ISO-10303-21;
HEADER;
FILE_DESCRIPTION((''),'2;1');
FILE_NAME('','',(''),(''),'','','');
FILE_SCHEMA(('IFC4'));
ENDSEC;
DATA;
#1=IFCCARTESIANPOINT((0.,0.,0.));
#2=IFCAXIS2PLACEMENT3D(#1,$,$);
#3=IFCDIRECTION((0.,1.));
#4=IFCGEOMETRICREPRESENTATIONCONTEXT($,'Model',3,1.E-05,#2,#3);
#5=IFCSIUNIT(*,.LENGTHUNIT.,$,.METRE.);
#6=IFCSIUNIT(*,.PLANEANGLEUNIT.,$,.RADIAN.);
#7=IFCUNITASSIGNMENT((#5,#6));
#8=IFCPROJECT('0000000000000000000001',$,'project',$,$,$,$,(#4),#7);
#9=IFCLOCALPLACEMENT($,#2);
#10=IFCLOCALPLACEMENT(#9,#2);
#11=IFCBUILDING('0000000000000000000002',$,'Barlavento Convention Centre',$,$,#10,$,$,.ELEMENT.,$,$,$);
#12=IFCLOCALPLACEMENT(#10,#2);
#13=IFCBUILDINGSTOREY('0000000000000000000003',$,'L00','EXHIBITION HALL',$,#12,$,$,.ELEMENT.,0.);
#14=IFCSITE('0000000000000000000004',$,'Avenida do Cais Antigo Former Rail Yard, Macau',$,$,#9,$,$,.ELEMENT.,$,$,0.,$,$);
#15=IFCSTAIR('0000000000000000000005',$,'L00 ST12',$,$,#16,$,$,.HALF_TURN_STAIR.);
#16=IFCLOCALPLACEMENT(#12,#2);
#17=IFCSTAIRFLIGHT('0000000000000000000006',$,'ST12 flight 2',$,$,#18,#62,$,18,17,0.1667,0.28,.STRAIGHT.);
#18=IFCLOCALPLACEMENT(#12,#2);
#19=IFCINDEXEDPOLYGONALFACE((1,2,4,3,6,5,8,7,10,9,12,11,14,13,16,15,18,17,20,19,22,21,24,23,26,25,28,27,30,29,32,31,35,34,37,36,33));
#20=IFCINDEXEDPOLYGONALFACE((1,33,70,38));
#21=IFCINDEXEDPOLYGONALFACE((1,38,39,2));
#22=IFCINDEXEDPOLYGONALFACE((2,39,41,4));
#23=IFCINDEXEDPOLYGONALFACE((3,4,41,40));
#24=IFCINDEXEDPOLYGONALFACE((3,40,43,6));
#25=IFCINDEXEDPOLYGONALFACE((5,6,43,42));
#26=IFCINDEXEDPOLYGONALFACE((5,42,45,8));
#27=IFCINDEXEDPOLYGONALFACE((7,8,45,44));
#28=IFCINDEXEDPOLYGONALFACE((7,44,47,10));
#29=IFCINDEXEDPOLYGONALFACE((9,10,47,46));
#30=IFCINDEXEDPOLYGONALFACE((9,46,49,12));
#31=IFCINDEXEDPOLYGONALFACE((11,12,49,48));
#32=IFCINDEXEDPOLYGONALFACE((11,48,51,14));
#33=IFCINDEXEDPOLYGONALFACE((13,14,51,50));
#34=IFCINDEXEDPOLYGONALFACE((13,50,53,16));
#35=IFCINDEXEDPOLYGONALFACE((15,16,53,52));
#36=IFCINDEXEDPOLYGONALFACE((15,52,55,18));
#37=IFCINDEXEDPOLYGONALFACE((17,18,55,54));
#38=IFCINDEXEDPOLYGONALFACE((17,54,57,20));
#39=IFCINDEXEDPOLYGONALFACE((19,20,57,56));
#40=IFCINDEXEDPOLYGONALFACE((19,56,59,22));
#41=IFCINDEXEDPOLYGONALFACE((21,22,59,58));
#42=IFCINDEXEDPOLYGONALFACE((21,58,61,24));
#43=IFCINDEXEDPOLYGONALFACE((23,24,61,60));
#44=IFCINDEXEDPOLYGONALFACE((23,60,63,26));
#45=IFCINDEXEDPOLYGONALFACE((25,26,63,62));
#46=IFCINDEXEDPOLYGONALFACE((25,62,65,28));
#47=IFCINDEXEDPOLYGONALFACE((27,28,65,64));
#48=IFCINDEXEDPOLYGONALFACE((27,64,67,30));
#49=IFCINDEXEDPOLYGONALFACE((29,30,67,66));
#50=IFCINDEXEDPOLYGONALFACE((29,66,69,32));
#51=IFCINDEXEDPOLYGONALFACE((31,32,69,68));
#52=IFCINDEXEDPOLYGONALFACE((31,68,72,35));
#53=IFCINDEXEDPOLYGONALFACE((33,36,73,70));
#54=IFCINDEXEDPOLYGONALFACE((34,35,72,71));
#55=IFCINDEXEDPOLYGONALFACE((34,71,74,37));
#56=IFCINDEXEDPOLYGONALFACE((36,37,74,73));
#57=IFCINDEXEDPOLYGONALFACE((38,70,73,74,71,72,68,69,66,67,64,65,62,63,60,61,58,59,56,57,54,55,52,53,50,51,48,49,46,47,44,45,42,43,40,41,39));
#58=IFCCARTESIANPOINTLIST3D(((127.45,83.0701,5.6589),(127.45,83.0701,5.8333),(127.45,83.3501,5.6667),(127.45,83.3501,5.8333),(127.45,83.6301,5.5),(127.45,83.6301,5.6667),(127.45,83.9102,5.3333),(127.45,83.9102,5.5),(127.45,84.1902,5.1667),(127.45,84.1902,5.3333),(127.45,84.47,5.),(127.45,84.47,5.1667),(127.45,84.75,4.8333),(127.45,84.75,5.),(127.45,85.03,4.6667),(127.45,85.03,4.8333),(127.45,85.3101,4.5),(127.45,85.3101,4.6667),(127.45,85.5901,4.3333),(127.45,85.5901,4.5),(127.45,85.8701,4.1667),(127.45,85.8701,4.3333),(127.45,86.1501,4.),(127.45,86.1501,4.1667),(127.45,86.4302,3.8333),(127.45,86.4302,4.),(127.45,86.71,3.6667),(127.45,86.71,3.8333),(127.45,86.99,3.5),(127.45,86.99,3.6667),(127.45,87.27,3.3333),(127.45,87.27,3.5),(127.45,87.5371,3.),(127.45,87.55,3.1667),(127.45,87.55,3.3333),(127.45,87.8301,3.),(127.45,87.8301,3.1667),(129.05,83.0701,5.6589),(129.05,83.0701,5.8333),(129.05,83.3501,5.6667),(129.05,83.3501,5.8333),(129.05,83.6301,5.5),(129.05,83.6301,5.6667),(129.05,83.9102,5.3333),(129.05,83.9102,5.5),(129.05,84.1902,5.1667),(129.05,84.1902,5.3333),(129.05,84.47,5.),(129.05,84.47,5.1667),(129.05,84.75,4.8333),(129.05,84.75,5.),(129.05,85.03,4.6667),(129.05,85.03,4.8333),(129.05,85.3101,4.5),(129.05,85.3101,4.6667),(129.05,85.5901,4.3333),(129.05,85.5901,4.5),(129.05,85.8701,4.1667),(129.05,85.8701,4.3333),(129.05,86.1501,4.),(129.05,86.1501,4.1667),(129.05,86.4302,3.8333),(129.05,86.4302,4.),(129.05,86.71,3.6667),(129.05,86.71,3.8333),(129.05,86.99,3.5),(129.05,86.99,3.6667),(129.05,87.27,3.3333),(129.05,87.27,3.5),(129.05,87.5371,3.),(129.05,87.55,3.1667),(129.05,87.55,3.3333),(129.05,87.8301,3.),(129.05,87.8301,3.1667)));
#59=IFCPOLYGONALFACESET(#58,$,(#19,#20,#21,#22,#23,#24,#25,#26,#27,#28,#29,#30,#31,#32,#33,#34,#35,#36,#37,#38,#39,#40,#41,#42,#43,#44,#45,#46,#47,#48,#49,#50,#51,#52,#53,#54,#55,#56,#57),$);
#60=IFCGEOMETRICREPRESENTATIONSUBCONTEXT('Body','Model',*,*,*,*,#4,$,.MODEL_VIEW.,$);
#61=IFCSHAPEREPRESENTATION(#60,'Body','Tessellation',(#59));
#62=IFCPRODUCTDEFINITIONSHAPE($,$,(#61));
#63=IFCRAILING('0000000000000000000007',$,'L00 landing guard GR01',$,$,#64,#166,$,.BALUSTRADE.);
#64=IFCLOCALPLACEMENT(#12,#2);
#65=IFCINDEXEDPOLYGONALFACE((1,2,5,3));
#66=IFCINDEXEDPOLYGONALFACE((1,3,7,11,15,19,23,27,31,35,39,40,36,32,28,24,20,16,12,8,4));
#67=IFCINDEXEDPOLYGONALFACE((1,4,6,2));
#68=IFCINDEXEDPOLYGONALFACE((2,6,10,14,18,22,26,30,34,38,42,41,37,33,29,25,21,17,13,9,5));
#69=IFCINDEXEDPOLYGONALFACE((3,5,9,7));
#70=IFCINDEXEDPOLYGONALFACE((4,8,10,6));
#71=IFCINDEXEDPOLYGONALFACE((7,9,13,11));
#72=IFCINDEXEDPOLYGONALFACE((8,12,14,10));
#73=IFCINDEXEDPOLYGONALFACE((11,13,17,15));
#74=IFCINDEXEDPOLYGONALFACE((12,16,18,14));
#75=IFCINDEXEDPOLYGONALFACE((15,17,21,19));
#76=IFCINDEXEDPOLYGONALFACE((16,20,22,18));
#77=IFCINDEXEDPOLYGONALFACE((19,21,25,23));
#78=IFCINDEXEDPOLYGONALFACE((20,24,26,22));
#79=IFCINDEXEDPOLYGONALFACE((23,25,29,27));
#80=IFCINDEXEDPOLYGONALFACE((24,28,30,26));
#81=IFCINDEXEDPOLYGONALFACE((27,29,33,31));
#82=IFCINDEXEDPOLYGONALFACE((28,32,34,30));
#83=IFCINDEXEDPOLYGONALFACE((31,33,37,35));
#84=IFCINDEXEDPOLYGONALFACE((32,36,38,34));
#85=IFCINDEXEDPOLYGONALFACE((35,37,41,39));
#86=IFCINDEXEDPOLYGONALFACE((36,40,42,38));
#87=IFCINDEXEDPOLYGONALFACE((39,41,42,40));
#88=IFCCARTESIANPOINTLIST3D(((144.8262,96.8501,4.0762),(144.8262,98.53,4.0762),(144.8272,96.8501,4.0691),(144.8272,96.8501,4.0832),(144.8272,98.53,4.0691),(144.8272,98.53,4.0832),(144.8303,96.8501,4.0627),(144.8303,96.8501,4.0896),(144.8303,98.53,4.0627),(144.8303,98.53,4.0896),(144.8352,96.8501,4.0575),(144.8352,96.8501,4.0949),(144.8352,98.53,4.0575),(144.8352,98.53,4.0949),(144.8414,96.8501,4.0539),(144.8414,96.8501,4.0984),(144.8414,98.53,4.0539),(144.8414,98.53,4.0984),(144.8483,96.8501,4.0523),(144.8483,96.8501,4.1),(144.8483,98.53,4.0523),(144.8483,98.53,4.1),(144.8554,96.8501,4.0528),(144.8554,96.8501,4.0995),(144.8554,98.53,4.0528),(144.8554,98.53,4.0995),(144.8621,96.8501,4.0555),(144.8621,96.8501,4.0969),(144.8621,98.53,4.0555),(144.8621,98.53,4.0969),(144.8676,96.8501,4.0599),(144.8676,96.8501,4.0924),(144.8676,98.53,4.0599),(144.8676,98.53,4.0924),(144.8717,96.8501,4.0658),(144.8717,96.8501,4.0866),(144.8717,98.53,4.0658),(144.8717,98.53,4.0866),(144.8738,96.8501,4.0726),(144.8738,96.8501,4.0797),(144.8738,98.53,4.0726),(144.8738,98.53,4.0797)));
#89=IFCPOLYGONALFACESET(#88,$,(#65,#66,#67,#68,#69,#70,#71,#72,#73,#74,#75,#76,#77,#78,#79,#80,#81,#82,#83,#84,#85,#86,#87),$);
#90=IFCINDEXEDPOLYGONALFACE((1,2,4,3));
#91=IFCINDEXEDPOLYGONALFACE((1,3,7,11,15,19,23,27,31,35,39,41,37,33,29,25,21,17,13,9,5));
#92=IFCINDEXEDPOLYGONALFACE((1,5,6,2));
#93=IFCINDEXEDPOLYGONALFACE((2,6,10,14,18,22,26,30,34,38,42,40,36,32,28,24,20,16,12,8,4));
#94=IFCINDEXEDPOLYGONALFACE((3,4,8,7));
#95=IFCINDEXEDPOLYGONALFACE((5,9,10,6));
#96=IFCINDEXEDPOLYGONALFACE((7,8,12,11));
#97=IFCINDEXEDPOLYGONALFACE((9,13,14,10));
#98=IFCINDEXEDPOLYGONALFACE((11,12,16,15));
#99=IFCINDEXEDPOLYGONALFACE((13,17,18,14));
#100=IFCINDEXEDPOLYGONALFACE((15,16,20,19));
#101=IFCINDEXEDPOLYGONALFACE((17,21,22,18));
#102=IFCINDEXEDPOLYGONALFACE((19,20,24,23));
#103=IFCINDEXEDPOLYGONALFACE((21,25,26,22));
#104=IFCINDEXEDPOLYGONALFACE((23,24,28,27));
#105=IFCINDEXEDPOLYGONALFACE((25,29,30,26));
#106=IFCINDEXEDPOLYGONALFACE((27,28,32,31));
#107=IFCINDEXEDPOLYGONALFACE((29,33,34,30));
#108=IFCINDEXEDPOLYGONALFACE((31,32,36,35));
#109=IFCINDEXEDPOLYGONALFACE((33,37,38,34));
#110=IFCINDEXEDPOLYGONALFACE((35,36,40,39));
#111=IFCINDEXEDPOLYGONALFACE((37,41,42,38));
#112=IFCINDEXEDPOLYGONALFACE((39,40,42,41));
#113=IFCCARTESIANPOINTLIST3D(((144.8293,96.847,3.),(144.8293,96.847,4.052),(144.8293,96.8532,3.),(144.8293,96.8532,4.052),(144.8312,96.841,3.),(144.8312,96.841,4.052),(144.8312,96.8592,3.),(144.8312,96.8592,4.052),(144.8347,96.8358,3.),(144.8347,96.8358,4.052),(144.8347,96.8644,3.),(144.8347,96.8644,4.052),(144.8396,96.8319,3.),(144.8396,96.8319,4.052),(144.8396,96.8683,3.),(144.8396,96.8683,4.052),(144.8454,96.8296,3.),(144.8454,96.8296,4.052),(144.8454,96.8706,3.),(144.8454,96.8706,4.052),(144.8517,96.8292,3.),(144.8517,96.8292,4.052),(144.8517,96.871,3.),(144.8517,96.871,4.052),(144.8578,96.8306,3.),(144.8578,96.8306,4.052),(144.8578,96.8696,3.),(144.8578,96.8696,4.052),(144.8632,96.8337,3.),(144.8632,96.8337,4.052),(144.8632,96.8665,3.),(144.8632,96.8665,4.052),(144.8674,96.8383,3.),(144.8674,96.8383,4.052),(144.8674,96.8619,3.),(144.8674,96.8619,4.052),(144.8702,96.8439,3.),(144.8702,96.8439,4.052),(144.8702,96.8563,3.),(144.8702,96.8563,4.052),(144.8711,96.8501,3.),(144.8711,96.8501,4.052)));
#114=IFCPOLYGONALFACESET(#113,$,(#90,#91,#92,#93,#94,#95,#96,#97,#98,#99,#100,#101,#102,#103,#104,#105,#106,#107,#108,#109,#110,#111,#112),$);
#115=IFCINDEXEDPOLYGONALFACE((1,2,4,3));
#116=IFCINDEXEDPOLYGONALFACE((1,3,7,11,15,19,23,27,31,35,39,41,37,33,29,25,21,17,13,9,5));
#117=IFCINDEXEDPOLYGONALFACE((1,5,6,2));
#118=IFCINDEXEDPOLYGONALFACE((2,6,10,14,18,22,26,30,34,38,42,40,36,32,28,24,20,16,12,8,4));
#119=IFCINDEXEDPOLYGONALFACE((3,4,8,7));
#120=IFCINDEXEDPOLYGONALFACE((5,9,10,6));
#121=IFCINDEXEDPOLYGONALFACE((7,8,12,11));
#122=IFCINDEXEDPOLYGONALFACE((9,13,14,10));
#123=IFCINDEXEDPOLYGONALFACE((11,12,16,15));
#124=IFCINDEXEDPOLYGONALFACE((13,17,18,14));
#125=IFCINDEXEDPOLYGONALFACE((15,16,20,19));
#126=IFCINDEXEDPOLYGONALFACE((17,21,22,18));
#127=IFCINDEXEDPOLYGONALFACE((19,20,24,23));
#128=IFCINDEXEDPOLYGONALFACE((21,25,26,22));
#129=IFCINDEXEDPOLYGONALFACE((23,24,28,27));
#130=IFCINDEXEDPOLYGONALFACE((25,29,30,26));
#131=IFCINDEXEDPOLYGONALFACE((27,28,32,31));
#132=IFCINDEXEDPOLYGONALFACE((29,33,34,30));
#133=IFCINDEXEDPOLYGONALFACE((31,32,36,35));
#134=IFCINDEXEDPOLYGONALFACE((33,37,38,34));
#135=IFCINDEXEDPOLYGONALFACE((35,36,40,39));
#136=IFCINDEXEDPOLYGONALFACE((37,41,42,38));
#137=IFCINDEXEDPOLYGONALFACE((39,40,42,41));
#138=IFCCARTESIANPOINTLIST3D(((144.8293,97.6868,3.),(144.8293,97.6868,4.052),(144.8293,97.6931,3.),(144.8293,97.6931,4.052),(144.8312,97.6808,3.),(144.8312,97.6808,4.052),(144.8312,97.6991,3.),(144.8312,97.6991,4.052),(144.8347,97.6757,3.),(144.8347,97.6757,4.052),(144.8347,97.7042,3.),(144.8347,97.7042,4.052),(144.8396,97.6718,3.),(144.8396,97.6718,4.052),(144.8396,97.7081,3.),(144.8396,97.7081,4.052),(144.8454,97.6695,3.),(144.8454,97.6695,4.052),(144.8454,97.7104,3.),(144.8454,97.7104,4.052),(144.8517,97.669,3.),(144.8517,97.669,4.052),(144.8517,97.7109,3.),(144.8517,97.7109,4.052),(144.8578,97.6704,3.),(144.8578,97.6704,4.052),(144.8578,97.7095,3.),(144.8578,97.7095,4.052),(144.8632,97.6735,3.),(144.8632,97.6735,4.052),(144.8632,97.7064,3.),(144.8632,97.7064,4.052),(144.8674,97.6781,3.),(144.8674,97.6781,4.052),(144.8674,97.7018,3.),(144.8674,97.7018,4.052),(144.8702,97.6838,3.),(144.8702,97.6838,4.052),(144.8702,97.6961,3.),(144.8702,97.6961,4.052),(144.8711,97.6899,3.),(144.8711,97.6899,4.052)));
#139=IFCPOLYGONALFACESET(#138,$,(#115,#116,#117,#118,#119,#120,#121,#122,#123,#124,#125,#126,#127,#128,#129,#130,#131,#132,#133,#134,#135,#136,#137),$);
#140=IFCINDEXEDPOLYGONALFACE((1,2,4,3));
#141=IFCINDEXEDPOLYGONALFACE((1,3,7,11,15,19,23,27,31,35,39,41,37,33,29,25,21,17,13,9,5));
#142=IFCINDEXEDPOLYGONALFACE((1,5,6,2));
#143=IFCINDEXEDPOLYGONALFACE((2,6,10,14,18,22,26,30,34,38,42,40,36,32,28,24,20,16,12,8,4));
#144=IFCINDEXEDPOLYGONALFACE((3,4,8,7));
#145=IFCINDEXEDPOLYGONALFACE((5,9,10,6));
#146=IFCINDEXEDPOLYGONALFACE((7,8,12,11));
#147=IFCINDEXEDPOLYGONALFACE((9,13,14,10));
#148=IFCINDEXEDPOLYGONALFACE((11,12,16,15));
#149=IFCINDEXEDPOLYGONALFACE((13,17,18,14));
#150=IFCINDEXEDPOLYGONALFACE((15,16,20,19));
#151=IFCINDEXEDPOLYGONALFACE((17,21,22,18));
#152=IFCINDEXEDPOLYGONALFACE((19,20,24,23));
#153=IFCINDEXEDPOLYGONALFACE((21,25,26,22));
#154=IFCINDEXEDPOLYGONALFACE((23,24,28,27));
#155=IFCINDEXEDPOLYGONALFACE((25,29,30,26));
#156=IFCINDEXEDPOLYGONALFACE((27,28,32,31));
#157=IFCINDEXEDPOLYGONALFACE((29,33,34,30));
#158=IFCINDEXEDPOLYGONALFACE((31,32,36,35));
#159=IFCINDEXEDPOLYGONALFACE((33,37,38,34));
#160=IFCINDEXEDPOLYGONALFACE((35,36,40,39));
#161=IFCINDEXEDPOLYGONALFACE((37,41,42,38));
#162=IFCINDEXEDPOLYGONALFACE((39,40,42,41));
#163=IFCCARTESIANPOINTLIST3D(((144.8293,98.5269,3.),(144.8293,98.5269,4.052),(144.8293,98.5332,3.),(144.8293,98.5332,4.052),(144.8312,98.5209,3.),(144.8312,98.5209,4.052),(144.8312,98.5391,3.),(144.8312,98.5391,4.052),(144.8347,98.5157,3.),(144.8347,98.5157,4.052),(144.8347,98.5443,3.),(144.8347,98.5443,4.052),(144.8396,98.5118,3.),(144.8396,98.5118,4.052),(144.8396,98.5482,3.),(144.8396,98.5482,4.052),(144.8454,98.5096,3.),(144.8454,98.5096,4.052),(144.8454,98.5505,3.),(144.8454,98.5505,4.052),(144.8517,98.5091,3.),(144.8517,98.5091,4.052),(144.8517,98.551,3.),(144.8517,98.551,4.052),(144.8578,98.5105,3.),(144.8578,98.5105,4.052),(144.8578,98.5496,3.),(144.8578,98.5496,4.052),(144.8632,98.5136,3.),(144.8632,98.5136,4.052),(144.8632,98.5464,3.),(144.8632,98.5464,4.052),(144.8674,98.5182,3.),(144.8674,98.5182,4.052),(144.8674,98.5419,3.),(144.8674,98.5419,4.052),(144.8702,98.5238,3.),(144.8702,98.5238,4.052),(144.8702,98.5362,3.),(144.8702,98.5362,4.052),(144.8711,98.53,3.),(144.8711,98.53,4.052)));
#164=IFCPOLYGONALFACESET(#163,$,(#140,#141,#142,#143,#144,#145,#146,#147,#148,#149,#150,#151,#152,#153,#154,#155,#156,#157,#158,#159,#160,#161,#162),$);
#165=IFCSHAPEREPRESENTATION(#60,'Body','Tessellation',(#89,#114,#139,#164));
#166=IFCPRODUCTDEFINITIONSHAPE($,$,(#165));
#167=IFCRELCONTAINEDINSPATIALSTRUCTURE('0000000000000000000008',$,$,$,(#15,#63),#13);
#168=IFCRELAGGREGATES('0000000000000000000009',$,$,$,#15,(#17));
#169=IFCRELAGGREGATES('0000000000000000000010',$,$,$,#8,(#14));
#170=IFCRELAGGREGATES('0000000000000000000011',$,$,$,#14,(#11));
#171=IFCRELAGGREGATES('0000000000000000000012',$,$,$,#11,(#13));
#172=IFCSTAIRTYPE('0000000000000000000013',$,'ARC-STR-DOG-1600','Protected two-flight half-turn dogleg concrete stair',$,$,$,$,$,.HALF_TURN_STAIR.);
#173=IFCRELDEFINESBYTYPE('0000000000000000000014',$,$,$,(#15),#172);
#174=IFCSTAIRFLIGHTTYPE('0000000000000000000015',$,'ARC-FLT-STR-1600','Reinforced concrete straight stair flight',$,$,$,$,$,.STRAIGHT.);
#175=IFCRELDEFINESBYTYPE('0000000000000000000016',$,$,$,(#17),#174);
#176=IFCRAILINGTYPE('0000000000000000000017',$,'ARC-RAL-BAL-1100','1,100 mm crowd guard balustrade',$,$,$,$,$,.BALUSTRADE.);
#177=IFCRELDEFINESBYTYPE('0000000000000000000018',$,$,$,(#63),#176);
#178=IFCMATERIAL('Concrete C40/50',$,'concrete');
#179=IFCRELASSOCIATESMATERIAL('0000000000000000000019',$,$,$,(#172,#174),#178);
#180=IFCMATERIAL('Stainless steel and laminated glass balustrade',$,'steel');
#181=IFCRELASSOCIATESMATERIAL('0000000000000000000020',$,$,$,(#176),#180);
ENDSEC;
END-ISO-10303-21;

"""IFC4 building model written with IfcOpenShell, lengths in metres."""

from ifc_helpers import new_model, si_unit, direction, frame, origin, origin_2d, place, context, subcontext, project, spatial, polyline, circle, outline, extrude, material, type_object, element, aggregate, save


model = new_model("IFC4")

# Units and contexts
model_context = context("Model", 3, precision=1e-05, world=origin(), true_north=direction((0.0, 1.0)))
body_context = subcontext(model_context, "Body", "Model", "MODEL_VIEW")
ifc_project = project(units=[si_unit("LENGTHUNIT", "METRE"), si_unit("PLANEANGLEUNIT", "RADIAN")], contexts=[model_context])

# Site, building, storey
site_placement = place(None, origin())
site = spatial("IfcSite", under=ifc_project, at=site_placement, Name="Avenida do Cais Antigo Former Rail Yard, Macau", CompositionType="ELEMENT", RefElevation=0.0)
building_placement = place(site_placement, origin())
building = spatial("IfcBuilding", under=site, at=building_placement, Name="Barlavento Convention Centre", CompositionType="ELEMENT")
storey_placement = place(building_placement, origin())
storey = spatial("IfcBuildingStorey", under=building, at=storey_placement, Name="L00", Description="EXHIBITION HALL", CompositionType="ELEMENT", Elevation=0.0)

# Stair, stair flight
ifc_material_1 = material(Name="Concrete C40/50", Category="concrete")
stair_type = type_object("IfcStairType", Name="ARC-STR-DOG-1600", Description="Protected two-flight half-turn dogleg concrete stair", PredefinedType="HALF_TURN_STAIR", material=ifc_material_1)
stair_placement = place(storey_placement, origin())
stair = element("IfcStair", 1, at=stair_placement, inside=storey, type_object=stair_type, Name="L00 ST12", PredefinedType="HALF_TURN_STAIR")
stair_flight_type = type_object("IfcStairFlightType", Name="ARC-FLT-STR-1600", Description="Reinforced concrete straight stair flight", PredefinedType="STRAIGHT", material=ifc_material_1)
stair_flight_placement = place(storey_placement, frame((128.25, 87.8301, 3.0), z_axis=(0.0, 0.0, 1.0), x_axis=(0.0, -1.0, 0.0)))
stair_flight = element("IfcStairFlight", 2, at=stair_flight_placement, type_object=stair_flight_type, Name="ST12 flight 2", NumberOfRisers=18, NumberOfTreads=17, PredefinedType="STRAIGHT", RiserHeight=0.1667, TreadLength=0.28, context=body_context, shape_type="SweptSolid", body=[
    extrude(outline(polyline([(0.0, 0.0), (0.0, 0.1667), (0.28, 0.1667), (0.28, 0.3333), (0.5601, 0.3333), (0.5601, 0.5), (0.8401, 0.5), (0.8401, 0.6667), (1.1201, 0.6667), (1.1201, 0.8333), (1.3999, 0.8333), (1.3999, 1.0), (1.6799, 1.0), (1.6799, 1.1667), (1.96, 1.1667), (1.96, 1.3333), (2.24, 1.3333), (2.24, 1.5), (2.52, 1.5), (2.52, 1.6667), (2.8, 1.6667), (2.8, 1.8333), (3.0801, 1.8333), (3.0801, 2.0), (3.3601, 2.0), (3.3601, 2.1667), (3.6399, 2.1667), (3.6399, 2.3333), (3.9199, 2.3333), (3.9199, 2.5), (4.2, 2.5), (4.2, 2.6667), (4.48, 2.6667), (4.48, 2.8333), (4.76, 2.8333), (4.76, 3.0), (4.76, 2.6589), (0.293, 0.0), (0.0, 0.0)])), frame((0.0, 0.8, 0.0), z_axis=(0.0, -1.0, 0.0), x_axis=(1.0, 0.0, 0.0)), (0.0, 0.0, 1.0), 1.6001),
])
aggregate(stair, [stair_flight])

# Railing
ifc_material_2 = material(Name="Stainless steel and laminated glass balustrade", Category="steel")
railing_type_1 = type_object("IfcRailingType", Name="ARC-RAL-BAL-1100", Description="1,100 mm crowd guard balustrade", PredefinedType="BALUSTRADE", material=ifc_material_2)
railing_1_placement = place(storey_placement, frame((144.8501, 96.8501, 3.0)))
element("IfcRailing", 3, at=railing_1_placement, inside=storey, type_object=railing_type_1, Name="L00 landing guard GR01", PredefinedType="BALUSTRADE", context=body_context, shape_type="SweptSolid", body=[
    extrude(circle(Radius=0.0239, at=origin_2d()), frame((0.0, 0.0, 1.0762), z_axis=(0.0, 1.0, 0.0), x_axis=(-1.0, 0.0, 0.0)), (0.0, 0.0, 1.0), 1.6799),
    extrude(circle(Radius=0.021, at=origin_2d()), origin(), (0.0, 0.0, 1.0), 1.052),
    extrude(circle(Radius=0.021, at=origin_2d()), frame((0.0, 0.8398, 0.0)), (0.0, 0.0, 1.0), 1.052),
    extrude(circle(Radius=0.021, at=origin_2d()), frame((0.0, 1.6799, 0.0)), (0.0, 0.0, 1.0), 1.052),
])

save(model, "model.ifc")
